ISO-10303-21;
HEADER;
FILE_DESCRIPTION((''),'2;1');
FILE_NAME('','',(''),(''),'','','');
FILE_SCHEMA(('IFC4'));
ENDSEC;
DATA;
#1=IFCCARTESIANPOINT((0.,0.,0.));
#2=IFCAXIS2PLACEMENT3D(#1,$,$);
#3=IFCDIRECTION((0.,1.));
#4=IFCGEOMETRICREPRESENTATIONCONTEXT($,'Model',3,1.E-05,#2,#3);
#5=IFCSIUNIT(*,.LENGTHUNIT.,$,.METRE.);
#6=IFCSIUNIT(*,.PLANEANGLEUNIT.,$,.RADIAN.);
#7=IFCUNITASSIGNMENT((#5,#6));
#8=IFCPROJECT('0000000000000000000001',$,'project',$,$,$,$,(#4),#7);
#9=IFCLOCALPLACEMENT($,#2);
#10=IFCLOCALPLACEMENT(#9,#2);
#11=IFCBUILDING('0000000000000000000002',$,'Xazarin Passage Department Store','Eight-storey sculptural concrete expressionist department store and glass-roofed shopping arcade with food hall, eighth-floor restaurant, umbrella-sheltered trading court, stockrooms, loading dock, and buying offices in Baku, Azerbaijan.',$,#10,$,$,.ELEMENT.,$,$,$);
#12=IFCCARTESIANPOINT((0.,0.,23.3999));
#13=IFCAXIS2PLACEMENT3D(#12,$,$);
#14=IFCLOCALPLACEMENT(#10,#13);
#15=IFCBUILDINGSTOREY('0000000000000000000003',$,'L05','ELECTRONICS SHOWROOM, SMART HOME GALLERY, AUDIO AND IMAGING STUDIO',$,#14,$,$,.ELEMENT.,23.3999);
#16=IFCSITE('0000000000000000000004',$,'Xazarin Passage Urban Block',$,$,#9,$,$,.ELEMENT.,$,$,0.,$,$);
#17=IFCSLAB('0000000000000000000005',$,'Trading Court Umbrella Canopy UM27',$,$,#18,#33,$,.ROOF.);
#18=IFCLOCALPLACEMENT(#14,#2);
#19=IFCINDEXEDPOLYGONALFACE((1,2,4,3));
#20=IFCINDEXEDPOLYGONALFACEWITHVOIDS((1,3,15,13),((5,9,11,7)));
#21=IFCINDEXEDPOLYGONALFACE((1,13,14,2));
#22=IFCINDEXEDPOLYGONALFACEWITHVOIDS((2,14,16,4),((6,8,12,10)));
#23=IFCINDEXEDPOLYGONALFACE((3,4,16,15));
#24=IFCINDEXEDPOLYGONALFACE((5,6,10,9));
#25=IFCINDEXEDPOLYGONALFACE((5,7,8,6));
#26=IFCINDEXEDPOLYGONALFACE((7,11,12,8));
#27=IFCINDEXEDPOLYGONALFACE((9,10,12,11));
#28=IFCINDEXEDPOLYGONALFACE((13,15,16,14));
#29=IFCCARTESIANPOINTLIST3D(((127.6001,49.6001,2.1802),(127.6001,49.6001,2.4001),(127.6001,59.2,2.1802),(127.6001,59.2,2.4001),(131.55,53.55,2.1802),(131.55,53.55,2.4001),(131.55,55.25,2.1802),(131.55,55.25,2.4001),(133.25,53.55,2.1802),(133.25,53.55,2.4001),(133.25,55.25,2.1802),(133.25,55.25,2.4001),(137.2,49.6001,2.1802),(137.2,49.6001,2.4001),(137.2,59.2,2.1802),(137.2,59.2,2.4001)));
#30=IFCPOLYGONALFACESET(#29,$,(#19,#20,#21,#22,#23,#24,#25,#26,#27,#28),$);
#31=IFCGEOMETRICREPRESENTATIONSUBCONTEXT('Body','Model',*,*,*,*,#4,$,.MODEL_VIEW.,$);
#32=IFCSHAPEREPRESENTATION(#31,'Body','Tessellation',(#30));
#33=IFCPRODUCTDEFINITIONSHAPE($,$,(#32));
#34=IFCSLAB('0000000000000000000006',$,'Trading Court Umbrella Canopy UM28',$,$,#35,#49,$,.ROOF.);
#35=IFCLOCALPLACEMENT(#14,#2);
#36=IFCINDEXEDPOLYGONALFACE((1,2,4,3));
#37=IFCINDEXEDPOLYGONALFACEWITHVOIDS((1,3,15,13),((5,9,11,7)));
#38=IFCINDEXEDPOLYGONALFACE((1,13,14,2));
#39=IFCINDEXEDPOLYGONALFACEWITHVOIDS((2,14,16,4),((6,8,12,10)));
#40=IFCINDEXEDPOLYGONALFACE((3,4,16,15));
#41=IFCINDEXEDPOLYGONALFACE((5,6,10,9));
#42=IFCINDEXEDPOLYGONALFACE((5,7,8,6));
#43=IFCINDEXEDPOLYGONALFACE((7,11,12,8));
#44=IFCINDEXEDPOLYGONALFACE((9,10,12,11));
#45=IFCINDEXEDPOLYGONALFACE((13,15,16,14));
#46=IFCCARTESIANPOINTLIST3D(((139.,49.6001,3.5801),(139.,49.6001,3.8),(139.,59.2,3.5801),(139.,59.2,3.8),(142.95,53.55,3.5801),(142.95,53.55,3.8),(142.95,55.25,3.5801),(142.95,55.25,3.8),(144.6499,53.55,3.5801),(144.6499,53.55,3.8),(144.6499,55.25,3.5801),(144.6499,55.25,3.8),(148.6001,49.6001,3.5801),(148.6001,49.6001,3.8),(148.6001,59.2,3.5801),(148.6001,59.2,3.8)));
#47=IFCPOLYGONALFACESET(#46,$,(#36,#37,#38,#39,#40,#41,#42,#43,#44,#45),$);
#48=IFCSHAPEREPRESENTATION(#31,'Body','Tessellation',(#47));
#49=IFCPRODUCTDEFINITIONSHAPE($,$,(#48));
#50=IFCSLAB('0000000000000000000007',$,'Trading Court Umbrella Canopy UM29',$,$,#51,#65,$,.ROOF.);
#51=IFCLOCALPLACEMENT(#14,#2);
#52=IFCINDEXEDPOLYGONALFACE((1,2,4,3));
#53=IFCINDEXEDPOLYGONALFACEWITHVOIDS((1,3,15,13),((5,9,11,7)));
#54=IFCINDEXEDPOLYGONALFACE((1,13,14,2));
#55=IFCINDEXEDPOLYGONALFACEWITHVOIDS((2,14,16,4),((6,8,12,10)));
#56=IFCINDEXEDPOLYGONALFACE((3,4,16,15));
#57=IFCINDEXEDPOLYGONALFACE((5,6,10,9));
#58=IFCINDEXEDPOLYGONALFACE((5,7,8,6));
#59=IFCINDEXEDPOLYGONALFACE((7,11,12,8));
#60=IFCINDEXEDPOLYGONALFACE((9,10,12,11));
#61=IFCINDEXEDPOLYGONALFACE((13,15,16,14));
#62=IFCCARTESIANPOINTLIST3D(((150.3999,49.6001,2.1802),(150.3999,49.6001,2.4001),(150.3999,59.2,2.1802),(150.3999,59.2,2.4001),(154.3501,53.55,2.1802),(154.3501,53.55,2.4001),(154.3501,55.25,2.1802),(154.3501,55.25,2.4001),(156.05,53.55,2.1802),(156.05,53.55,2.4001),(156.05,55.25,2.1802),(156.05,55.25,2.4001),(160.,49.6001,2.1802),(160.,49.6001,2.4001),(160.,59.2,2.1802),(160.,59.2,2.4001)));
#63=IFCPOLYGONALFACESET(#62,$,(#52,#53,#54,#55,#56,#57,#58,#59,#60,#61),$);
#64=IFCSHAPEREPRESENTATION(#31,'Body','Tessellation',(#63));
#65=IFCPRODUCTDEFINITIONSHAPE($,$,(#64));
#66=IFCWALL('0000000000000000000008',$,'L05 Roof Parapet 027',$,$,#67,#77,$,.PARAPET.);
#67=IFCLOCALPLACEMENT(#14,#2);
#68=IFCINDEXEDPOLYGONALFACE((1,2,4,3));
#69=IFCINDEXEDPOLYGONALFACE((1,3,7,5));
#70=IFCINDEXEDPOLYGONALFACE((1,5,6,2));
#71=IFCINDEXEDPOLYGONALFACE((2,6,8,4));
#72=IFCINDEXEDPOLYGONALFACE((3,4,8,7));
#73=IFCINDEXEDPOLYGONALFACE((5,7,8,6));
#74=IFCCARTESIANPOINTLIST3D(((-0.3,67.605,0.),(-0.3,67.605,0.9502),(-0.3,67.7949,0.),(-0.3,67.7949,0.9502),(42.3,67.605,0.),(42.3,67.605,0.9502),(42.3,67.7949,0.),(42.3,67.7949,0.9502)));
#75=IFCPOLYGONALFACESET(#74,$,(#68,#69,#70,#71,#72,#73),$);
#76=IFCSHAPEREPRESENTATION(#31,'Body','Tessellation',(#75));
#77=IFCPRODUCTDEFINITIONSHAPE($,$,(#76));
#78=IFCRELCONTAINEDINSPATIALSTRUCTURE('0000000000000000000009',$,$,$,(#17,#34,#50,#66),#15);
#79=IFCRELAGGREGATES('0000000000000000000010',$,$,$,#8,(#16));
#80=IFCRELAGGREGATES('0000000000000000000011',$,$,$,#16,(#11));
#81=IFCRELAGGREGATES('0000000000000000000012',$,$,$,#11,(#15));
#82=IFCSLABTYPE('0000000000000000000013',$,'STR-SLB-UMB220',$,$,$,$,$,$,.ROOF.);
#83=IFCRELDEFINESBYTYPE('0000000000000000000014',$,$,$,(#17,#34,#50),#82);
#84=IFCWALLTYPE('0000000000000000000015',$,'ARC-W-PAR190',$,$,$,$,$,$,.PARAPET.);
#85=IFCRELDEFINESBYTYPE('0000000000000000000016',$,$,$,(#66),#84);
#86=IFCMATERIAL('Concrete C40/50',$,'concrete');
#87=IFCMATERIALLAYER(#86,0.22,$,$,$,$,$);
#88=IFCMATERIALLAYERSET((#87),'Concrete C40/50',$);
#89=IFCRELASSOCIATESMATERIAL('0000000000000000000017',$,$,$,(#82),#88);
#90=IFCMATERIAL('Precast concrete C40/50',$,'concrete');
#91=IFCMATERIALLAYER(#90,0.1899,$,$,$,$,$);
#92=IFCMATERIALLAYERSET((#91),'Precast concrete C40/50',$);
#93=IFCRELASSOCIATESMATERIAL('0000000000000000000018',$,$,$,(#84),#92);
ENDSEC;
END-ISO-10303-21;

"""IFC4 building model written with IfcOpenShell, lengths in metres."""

from ifc_helpers import new_model, si_unit, direction, frame, frame_2d, origin, place, context, subcontext, project, spatial, polyline, rectangle, outline, extrude, material, layer, layer_set, type_object, element, save


model = new_model("IFC4")

# Units and contexts
model_context = context("Model", 3, precision=1e-05, world=origin(), true_north=direction((0.0, 1.0)))
body_context = subcontext(model_context, "Body", "Model", "MODEL_VIEW")
ifc_project = project(units=[si_unit("LENGTHUNIT", "METRE"), si_unit("PLANEANGLEUNIT", "RADIAN")], contexts=[model_context])

# Site, building, storey
site_placement = place(None, origin())
site = spatial("IfcSite", under=ifc_project, at=site_placement, Name="Xazarin Passage Urban Block", CompositionType="ELEMENT", RefElevation=0.0)
building_placement = place(site_placement, origin())
building = spatial("IfcBuilding", under=site, at=building_placement, Name="Xazarin Passage Department Store", Description="Eight-storey sculptural concrete expressionist department store and glass-roofed shopping arcade with food hall, eighth-floor restaurant, umbrella-sheltered trading court, stockrooms, loading dock, and buying offices in Baku, Azerbaijan.", CompositionType="ELEMENT")
storey_placement = place(building_placement, frame((0.0, 0.0, 23.3999)))
storey = spatial("IfcBuildingStorey", under=building, at=storey_placement, Name="L05", Description="ELECTRONICS SHOWROOM, SMART HOME GALLERY, AUDIO AND IMAGING STUDIO", CompositionType="ELEMENT", Elevation=23.3999)

# Slabs
ifc_material_1 = material(Name="Concrete C40/50", Category="concrete")
ifc_layer_1 = layer(ifc_material_1, 0.22)
ifc_layer_set_1 = layer_set([ifc_layer_1], Name="Concrete C40/50")
slab_type_1 = type_object("IfcSlabType", Name="STR-SLB-UMB220", PredefinedType="ROOF", material=ifc_layer_set_1)
slab_1_placement = place(storey_placement, frame((0.0, 0.0, 2.1802)))
element("IfcSlab", 1, at=slab_1_placement, inside=storey, type_object=slab_type_1, Name="Trading Court Umbrella Canopy UM27", PredefinedType="ROOF", context=body_context, shape_type="SweptSolid", body=[
    extrude(outline(polyline([(127.6001, 49.6001), (137.2, 49.6001), (137.2, 59.2), (127.6001, 59.2), (127.6001, 49.6001)]), holes=[polyline([(131.55, 55.25), (133.25, 55.25), (133.25, 53.55), (131.55, 53.55), (131.55, 55.25)])]), origin(), (0.0, 0.0, 1.0), 0.22),
])
slab_2_placement = place(storey_placement, frame((0.0, 0.0, 3.5801)))
element("IfcSlab", 2, at=slab_2_placement, inside=storey, type_object=slab_type_1, Name="Trading Court Umbrella Canopy UM28", PredefinedType="ROOF", context=body_context, shape_type="SweptSolid", body=[
    extrude(outline(polyline([(139.0, 49.6001), (148.6001, 49.6001), (148.6001, 59.2), (139.0, 59.2), (139.0, 49.6001)]), holes=[polyline([(142.95, 55.25), (144.6499, 55.25), (144.6499, 53.55), (142.95, 53.55), (142.95, 55.25)])]), origin(), (0.0, 0.0, 1.0), 0.22),
])
slab_3_placement = place(storey_placement, frame((0.0, 0.0, 2.1802)))
element("IfcSlab", 3, at=slab_3_placement, inside=storey, type_object=slab_type_1, Name="Trading Court Umbrella Canopy UM29", PredefinedType="ROOF", context=body_context, shape_type="SweptSolid", body=[
    extrude(outline(polyline([(150.3999, 49.6001), (160.0, 49.6001), (160.0, 59.2), (150.3999, 59.2), (150.3999, 49.6001)]), holes=[polyline([(154.3501, 55.25), (156.05, 55.25), (156.05, 53.55), (154.3501, 53.55), (154.3501, 55.25)])]), origin(), (0.0, 0.0, 1.0), 0.22),
])

# Wall
ifc_material_2 = material(Name="Precast concrete C40/50", Category="concrete")
ifc_layer_2 = layer(ifc_material_2, 0.1899)
ifc_layer_set_2 = layer_set([ifc_layer_2], Name="Precast concrete C40/50")
wall_type = type_object("IfcWallType", Name="ARC-W-PAR190", PredefinedType="PARAPET", material=ifc_layer_set_2)
wall_placement = place(storey_placement, frame((-0.3, 67.7, 0.0), z_axis=(0.0, 0.0, 1.0), x_axis=(1.0, 0.0, 0.0)))
element("IfcWall", 4, at=wall_placement, inside=storey, type_object=wall_type, Name="L05 Roof Parapet 027", PredefinedType="PARAPET", context=body_context, shape_type="SweptSolid", body=[
    extrude(rectangle(XDim=42.6001, YDim=0.1899, at=frame_2d((21.3, 0.0))), origin(), (0.0, 0.0, 1.0), 0.9502),
])

save(model, "model.ifc")
